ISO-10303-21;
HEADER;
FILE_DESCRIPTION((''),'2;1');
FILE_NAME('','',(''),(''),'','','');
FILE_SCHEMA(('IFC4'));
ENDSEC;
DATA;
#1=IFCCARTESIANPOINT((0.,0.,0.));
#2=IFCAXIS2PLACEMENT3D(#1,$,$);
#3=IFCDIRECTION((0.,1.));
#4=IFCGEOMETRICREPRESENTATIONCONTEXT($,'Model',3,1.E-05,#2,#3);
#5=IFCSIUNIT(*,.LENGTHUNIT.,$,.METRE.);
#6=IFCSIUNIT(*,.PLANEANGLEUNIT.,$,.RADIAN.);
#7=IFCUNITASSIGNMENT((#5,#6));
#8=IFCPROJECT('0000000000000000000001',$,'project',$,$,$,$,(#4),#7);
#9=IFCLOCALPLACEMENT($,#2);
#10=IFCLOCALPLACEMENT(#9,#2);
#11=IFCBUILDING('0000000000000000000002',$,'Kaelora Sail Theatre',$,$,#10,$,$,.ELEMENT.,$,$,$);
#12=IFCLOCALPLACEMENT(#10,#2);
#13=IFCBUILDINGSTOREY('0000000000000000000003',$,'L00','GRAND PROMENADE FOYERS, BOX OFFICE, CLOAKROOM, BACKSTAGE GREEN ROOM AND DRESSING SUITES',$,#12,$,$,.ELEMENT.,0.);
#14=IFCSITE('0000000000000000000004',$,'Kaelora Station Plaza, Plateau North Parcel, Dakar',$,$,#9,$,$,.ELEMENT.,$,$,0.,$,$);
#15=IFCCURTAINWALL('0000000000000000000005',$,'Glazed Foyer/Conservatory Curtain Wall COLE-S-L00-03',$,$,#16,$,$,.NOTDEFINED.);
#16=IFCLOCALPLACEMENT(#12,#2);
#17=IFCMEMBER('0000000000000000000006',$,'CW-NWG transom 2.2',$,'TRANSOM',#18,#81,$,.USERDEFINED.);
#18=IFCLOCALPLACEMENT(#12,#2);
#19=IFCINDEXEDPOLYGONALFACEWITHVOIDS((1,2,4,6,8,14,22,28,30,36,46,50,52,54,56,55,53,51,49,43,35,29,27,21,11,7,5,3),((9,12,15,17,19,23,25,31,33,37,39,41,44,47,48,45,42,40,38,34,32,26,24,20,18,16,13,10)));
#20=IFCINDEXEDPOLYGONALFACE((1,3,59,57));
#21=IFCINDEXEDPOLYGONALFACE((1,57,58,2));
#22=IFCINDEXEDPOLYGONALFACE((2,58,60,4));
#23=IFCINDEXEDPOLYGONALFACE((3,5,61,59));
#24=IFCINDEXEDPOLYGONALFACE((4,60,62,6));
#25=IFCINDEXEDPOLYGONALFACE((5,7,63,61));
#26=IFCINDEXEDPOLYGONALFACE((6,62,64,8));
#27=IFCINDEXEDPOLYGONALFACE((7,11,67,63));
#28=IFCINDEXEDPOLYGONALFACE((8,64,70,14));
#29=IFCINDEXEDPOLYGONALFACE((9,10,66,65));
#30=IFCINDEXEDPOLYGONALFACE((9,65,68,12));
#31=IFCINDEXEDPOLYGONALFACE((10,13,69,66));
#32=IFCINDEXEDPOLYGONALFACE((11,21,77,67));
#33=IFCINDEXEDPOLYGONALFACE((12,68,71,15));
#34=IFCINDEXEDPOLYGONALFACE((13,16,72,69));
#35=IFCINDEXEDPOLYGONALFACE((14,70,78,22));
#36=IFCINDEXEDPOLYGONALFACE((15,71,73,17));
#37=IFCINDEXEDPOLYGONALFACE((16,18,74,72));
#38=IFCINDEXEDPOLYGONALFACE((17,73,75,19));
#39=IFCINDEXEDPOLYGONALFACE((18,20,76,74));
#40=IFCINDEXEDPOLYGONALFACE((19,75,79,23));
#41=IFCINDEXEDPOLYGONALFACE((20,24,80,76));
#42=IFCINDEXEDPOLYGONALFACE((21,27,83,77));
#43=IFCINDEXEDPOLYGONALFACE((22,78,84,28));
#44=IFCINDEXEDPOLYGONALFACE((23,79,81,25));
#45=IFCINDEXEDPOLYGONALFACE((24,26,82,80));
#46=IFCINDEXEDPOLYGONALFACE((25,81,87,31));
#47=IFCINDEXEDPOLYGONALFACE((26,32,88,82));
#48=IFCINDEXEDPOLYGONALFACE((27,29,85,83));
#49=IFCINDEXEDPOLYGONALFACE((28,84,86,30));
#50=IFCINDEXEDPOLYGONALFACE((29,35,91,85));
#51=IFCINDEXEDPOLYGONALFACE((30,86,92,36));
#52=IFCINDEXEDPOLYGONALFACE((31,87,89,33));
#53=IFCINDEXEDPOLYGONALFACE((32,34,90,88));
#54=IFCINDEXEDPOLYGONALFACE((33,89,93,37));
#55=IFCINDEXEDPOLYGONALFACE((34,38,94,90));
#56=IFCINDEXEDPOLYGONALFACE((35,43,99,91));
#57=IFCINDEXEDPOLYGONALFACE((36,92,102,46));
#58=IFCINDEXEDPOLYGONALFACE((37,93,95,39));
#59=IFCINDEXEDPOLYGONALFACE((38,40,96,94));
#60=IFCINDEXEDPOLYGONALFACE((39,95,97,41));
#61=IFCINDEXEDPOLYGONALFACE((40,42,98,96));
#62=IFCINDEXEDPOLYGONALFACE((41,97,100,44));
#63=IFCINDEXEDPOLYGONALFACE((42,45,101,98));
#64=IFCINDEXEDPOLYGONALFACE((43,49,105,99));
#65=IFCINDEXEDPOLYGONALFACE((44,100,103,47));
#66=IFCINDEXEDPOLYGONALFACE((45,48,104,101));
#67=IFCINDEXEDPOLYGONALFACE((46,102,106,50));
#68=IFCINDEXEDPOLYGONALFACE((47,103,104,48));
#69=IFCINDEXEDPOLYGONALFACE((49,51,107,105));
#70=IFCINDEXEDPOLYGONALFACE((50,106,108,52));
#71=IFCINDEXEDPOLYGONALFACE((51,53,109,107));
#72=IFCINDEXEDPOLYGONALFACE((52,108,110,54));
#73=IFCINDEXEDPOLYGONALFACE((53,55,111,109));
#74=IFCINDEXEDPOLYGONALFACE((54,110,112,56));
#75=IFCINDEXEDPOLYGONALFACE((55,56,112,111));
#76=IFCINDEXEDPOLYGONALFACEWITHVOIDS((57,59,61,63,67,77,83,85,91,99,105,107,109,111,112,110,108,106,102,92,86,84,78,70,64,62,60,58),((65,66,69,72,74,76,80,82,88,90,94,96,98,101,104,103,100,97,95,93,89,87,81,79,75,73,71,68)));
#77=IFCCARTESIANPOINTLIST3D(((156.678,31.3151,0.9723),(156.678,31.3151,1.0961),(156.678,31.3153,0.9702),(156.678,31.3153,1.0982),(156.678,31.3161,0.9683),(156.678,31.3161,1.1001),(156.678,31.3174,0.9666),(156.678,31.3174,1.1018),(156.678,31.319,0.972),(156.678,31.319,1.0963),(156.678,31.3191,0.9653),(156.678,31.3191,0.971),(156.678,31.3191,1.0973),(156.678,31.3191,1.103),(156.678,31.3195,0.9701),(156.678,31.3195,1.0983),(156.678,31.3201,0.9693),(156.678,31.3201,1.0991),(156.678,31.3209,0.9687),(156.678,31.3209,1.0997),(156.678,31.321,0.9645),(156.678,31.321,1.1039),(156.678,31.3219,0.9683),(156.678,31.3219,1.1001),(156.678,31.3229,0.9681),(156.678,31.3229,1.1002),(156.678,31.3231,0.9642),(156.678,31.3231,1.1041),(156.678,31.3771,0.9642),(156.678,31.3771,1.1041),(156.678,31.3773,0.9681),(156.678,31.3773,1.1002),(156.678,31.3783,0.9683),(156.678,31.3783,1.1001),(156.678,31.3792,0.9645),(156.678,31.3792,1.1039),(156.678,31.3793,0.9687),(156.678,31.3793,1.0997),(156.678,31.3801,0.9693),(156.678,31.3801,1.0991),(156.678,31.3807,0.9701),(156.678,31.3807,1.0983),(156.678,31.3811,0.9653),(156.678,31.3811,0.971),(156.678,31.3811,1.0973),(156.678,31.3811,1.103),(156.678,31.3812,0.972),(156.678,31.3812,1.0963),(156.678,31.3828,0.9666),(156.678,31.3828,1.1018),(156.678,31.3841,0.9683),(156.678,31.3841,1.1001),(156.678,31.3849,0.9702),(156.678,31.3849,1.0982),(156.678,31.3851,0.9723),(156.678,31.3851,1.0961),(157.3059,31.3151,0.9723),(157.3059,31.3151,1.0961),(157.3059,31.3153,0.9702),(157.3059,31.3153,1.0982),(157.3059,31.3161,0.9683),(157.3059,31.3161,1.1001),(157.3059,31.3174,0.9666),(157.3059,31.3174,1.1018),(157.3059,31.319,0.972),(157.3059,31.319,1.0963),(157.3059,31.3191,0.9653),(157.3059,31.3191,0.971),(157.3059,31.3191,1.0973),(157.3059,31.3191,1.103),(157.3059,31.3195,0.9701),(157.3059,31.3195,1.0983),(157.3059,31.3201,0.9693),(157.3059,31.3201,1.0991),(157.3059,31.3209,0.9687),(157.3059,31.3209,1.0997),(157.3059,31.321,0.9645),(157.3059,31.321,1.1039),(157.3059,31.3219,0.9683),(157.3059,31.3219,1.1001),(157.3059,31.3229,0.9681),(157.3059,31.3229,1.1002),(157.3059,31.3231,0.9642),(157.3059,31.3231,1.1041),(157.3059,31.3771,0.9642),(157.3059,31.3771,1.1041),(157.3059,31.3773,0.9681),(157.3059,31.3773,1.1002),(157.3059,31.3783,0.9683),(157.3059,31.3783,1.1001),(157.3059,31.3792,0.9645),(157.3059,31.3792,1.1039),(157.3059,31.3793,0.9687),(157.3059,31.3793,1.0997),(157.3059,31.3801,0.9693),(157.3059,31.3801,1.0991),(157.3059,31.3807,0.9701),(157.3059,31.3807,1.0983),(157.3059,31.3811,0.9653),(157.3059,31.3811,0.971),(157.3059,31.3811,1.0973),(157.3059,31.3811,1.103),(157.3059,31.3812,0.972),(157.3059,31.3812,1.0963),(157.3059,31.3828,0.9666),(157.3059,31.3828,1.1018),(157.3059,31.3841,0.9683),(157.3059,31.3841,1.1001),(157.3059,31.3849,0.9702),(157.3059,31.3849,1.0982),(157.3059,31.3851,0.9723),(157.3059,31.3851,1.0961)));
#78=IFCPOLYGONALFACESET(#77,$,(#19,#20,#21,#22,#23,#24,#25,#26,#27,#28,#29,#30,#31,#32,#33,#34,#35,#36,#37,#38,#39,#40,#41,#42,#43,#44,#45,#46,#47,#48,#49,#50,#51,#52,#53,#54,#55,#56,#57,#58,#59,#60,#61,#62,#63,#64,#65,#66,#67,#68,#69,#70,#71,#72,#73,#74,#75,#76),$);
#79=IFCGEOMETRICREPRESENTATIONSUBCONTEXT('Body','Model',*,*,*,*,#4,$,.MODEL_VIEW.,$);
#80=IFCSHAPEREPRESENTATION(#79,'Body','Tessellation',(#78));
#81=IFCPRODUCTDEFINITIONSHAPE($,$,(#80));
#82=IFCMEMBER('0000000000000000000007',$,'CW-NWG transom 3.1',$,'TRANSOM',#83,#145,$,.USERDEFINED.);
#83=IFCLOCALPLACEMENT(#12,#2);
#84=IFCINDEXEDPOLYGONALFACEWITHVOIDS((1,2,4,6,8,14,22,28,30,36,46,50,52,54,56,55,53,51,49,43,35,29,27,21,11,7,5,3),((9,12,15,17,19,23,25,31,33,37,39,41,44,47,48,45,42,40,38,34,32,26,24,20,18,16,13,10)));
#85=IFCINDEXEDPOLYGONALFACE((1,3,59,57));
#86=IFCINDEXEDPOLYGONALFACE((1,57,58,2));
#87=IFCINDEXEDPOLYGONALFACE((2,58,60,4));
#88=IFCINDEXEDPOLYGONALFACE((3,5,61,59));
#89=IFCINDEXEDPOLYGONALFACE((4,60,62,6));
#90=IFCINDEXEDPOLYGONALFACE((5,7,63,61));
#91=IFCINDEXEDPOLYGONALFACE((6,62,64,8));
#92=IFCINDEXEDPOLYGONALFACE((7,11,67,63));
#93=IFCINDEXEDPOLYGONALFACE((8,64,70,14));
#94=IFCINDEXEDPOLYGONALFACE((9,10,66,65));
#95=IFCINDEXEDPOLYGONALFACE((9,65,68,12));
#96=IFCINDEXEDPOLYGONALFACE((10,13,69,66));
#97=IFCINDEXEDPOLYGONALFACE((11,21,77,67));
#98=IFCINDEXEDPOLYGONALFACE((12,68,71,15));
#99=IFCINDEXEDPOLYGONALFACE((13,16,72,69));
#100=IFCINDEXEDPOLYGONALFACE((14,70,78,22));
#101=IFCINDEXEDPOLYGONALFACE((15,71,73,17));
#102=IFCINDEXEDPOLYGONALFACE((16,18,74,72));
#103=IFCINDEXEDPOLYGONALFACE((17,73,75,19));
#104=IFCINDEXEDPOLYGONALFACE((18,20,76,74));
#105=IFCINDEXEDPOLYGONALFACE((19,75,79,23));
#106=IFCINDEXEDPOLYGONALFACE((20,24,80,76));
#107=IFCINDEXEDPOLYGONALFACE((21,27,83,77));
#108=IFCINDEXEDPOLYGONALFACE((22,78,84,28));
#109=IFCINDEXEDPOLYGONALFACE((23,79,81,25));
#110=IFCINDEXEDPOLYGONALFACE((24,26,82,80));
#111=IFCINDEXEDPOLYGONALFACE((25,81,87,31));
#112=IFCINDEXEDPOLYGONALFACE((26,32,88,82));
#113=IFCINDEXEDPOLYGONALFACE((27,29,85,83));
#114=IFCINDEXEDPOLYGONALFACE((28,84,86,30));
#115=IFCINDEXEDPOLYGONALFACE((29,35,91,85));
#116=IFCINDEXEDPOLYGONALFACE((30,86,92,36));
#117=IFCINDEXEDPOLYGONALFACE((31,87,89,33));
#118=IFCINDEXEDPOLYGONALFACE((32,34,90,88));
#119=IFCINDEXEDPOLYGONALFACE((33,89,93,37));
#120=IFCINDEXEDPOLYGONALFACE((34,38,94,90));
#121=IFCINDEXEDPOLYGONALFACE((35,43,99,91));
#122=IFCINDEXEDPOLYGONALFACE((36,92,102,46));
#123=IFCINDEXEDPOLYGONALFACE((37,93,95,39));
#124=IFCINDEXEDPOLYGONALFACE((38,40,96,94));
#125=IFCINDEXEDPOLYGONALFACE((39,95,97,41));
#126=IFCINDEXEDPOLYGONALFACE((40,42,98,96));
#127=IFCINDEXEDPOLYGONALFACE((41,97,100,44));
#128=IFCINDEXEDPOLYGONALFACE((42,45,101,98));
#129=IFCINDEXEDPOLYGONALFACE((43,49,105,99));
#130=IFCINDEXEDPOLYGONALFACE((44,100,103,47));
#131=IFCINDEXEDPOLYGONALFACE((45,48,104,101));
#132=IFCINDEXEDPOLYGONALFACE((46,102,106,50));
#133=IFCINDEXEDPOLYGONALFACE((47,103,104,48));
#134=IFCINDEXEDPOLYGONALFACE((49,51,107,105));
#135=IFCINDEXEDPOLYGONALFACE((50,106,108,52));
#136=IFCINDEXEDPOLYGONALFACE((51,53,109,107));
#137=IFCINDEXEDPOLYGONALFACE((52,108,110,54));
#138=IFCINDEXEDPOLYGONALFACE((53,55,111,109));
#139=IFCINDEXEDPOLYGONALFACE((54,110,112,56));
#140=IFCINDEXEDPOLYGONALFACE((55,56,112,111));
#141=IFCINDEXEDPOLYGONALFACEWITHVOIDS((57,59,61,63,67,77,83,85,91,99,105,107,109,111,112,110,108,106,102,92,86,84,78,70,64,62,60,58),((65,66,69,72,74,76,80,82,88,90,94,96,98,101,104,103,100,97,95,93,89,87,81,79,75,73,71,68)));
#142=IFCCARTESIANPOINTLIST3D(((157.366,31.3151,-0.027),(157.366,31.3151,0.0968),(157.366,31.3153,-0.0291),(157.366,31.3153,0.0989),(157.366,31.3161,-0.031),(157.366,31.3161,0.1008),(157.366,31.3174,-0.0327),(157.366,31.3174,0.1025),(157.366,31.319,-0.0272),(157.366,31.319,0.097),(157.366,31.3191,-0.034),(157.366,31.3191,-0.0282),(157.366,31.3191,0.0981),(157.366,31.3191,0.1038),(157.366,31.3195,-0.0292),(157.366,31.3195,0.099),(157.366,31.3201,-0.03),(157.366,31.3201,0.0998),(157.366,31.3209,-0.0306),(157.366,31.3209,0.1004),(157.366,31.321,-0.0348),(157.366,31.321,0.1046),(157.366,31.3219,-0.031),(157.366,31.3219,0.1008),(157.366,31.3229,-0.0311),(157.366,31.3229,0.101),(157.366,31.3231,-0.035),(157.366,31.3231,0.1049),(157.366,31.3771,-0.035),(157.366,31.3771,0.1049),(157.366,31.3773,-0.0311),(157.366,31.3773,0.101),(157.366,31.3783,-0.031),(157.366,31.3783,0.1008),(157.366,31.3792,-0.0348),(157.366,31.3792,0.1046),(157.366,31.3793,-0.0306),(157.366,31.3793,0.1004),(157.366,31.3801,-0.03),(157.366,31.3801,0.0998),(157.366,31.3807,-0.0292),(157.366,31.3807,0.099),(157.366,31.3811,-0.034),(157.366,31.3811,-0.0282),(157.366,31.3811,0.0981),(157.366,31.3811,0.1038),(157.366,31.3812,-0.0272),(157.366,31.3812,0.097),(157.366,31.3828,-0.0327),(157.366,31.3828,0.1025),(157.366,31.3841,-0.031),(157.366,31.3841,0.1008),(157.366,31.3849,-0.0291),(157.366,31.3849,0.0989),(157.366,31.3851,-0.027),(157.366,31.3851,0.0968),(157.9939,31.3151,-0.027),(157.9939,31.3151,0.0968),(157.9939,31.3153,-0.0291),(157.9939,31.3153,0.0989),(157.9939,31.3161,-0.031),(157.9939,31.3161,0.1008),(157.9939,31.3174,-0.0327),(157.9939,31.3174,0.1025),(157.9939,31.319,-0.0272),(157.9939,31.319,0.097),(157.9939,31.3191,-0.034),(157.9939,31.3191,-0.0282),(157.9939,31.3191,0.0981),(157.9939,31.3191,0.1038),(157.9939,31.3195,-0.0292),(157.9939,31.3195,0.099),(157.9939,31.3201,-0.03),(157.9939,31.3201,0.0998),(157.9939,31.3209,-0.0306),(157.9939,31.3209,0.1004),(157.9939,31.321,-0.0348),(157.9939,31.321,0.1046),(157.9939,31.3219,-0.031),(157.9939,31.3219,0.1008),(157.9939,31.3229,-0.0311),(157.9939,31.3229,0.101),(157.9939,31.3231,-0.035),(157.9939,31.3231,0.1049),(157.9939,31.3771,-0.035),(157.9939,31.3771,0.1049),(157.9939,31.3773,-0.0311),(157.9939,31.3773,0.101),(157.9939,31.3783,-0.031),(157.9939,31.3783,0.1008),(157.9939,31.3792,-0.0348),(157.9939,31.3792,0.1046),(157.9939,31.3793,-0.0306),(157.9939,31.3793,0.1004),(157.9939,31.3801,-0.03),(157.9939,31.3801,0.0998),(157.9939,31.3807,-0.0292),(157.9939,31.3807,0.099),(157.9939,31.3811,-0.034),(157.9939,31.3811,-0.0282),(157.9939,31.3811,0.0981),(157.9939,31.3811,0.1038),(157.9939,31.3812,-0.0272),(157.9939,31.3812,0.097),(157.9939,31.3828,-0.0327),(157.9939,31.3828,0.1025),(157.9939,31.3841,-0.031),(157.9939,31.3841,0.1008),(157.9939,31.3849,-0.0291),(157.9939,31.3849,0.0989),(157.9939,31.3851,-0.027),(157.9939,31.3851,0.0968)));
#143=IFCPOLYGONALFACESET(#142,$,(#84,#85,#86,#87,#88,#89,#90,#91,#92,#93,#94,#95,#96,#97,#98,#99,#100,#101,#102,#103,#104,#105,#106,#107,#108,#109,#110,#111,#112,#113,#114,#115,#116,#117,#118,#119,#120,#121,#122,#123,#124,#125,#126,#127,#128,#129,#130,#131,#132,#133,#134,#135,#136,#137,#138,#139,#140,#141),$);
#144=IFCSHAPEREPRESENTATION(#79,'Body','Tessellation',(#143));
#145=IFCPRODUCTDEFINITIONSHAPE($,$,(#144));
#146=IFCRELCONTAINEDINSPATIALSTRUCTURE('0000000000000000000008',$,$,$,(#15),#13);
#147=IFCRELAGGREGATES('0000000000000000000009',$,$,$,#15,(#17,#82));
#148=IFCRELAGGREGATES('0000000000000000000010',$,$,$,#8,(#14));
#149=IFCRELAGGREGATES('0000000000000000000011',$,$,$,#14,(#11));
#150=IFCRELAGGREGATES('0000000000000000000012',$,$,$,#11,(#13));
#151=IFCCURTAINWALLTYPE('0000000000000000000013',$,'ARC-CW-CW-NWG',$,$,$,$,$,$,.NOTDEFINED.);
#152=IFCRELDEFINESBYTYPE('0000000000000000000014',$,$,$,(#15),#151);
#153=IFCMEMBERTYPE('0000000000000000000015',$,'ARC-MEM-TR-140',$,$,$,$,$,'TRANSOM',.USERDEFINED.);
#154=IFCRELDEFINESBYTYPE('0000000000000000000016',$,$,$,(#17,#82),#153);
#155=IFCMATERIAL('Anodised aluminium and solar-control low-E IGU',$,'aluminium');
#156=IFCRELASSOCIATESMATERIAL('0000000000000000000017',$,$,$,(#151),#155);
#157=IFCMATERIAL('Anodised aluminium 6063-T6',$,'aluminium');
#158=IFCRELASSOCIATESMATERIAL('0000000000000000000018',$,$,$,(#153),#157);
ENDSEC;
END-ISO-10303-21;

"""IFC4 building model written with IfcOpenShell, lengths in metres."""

from ifc_helpers import new_model, si_unit, direction, frame, origin, origin_2d, place, context, subcontext, project, spatial, hollow_rectangle, extrude, material, material_profile, profile_set, type_object, element, aggregate, save


model = new_model("IFC4")

# Units and contexts
model_context = context("Model", 3, precision=1e-05, world=origin(), true_north=direction((0.0, 1.0)))
body_context = subcontext(model_context, "Body", "Model", "MODEL_VIEW")
ifc_project = project(units=[si_unit("LENGTHUNIT", "METRE"), si_unit("PLANEANGLEUNIT", "RADIAN")], contexts=[model_context])

# Site, building, storey
site_placement = place(None, origin())
site = spatial("IfcSite", under=ifc_project, at=site_placement, Name="Kaelora Station Plaza, Plateau North Parcel, Dakar", CompositionType="ELEMENT", RefElevation=0.0)
building_placement = place(site_placement, origin())
building = spatial("IfcBuilding", under=site, at=building_placement, Name="Kaelora Sail Theatre", CompositionType="ELEMENT")
storey_placement = place(building_placement, origin())
storey = spatial("IfcBuildingStorey", under=building, at=storey_placement, Name="L00", Description="GRAND PROMENADE FOYERS, BOX OFFICE, CLOAKROOM, BACKSTAGE GREEN ROOM AND DRESSING SUITES", CompositionType="ELEMENT", Elevation=0.0)

# Shared definitions
ifc_material_1 = material(Name="Anodised aluminium and solar-control low-E IGU", Category="aluminium")
curtain_wall_type = type_object("IfcCurtainWallType", Name="ARC-CW-CW-NWG", PredefinedType="NOTDEFINED", material=ifc_material_1)

# Curtain wall, members
curtain_wall_1_placement = place(storey_placement, origin())
curtain_wall_1 = element("IfcCurtainWall", 1, at=curtain_wall_1_placement, inside=storey, type_object=curtain_wall_type, Name="Glazed Foyer/Conservatory Curtain Wall COLE-S-L00-03", PredefinedType="NOTDEFINED")
ifc_material_2 = material(Name="Anodised aluminium 6063-T6", Category="aluminium")
ifc_material_profile_1 = material_profile(ifc_material_2, hollow_rectangle(XDim=0.0701, YDim=0.1399, WallThickness=0.0039, InnerFilletRadius=0.0039, OuterFilletRadius=0.0081, at=origin_2d()), Name="ALU-TRAN 70x140x4")
ifc_profile_set_1 = profile_set([ifc_material_profile_1], Name="Anodised aluminium 6063-T6")
member_type_1 = type_object("IfcMemberType", Name="ARC-MEM-TR-140", ElementType="TRANSOM", PredefinedType="USERDEFINED", material=ifc_profile_set_1)
member_1_placement = place(storey_placement, frame((156.678, 31.3501, 1.0342), z_axis=(1.0, 0.0, 0.0), x_axis=(0.0, 1.0, 0.0)))
member_1 = element("IfcMember", 2, at=member_1_placement, type_object=member_type_1, Name="CW-NWG transom 2.2", ObjectType="TRANSOM", PredefinedType="USERDEFINED", context=body_context, shape_type="SweptSolid", body=[
    extrude(hollow_rectangle(XDim=0.0701, YDim=0.1399, WallThickness=0.0039, InnerFilletRadius=0.0039, OuterFilletRadius=0.0081, at=origin_2d()), origin(), (0.0, 0.0, 1.0), 0.6279),
])
member_2_placement = place(storey_placement, frame((157.366, 31.3501, 0.0349), z_axis=(1.0, 0.0, 0.0), x_axis=(0.0, 1.0, 0.0)))
member_2 = element("IfcMember", 3, at=member_2_placement, type_object=member_type_1, Name="CW-NWG transom 3.1", ObjectType="TRANSOM", PredefinedType="USERDEFINED", context=body_context, shape_type="SweptSolid", body=[
    extrude(hollow_rectangle(XDim=0.0701, YDim=0.1399, WallThickness=0.0039, InnerFilletRadius=0.0039, OuterFilletRadius=0.0081, at=origin_2d()), origin(), (0.0, 0.0, 1.0), 0.6279),
])

aggregate(curtain_wall_1, [member_1, member_2])

save(model, "model.ifc")
